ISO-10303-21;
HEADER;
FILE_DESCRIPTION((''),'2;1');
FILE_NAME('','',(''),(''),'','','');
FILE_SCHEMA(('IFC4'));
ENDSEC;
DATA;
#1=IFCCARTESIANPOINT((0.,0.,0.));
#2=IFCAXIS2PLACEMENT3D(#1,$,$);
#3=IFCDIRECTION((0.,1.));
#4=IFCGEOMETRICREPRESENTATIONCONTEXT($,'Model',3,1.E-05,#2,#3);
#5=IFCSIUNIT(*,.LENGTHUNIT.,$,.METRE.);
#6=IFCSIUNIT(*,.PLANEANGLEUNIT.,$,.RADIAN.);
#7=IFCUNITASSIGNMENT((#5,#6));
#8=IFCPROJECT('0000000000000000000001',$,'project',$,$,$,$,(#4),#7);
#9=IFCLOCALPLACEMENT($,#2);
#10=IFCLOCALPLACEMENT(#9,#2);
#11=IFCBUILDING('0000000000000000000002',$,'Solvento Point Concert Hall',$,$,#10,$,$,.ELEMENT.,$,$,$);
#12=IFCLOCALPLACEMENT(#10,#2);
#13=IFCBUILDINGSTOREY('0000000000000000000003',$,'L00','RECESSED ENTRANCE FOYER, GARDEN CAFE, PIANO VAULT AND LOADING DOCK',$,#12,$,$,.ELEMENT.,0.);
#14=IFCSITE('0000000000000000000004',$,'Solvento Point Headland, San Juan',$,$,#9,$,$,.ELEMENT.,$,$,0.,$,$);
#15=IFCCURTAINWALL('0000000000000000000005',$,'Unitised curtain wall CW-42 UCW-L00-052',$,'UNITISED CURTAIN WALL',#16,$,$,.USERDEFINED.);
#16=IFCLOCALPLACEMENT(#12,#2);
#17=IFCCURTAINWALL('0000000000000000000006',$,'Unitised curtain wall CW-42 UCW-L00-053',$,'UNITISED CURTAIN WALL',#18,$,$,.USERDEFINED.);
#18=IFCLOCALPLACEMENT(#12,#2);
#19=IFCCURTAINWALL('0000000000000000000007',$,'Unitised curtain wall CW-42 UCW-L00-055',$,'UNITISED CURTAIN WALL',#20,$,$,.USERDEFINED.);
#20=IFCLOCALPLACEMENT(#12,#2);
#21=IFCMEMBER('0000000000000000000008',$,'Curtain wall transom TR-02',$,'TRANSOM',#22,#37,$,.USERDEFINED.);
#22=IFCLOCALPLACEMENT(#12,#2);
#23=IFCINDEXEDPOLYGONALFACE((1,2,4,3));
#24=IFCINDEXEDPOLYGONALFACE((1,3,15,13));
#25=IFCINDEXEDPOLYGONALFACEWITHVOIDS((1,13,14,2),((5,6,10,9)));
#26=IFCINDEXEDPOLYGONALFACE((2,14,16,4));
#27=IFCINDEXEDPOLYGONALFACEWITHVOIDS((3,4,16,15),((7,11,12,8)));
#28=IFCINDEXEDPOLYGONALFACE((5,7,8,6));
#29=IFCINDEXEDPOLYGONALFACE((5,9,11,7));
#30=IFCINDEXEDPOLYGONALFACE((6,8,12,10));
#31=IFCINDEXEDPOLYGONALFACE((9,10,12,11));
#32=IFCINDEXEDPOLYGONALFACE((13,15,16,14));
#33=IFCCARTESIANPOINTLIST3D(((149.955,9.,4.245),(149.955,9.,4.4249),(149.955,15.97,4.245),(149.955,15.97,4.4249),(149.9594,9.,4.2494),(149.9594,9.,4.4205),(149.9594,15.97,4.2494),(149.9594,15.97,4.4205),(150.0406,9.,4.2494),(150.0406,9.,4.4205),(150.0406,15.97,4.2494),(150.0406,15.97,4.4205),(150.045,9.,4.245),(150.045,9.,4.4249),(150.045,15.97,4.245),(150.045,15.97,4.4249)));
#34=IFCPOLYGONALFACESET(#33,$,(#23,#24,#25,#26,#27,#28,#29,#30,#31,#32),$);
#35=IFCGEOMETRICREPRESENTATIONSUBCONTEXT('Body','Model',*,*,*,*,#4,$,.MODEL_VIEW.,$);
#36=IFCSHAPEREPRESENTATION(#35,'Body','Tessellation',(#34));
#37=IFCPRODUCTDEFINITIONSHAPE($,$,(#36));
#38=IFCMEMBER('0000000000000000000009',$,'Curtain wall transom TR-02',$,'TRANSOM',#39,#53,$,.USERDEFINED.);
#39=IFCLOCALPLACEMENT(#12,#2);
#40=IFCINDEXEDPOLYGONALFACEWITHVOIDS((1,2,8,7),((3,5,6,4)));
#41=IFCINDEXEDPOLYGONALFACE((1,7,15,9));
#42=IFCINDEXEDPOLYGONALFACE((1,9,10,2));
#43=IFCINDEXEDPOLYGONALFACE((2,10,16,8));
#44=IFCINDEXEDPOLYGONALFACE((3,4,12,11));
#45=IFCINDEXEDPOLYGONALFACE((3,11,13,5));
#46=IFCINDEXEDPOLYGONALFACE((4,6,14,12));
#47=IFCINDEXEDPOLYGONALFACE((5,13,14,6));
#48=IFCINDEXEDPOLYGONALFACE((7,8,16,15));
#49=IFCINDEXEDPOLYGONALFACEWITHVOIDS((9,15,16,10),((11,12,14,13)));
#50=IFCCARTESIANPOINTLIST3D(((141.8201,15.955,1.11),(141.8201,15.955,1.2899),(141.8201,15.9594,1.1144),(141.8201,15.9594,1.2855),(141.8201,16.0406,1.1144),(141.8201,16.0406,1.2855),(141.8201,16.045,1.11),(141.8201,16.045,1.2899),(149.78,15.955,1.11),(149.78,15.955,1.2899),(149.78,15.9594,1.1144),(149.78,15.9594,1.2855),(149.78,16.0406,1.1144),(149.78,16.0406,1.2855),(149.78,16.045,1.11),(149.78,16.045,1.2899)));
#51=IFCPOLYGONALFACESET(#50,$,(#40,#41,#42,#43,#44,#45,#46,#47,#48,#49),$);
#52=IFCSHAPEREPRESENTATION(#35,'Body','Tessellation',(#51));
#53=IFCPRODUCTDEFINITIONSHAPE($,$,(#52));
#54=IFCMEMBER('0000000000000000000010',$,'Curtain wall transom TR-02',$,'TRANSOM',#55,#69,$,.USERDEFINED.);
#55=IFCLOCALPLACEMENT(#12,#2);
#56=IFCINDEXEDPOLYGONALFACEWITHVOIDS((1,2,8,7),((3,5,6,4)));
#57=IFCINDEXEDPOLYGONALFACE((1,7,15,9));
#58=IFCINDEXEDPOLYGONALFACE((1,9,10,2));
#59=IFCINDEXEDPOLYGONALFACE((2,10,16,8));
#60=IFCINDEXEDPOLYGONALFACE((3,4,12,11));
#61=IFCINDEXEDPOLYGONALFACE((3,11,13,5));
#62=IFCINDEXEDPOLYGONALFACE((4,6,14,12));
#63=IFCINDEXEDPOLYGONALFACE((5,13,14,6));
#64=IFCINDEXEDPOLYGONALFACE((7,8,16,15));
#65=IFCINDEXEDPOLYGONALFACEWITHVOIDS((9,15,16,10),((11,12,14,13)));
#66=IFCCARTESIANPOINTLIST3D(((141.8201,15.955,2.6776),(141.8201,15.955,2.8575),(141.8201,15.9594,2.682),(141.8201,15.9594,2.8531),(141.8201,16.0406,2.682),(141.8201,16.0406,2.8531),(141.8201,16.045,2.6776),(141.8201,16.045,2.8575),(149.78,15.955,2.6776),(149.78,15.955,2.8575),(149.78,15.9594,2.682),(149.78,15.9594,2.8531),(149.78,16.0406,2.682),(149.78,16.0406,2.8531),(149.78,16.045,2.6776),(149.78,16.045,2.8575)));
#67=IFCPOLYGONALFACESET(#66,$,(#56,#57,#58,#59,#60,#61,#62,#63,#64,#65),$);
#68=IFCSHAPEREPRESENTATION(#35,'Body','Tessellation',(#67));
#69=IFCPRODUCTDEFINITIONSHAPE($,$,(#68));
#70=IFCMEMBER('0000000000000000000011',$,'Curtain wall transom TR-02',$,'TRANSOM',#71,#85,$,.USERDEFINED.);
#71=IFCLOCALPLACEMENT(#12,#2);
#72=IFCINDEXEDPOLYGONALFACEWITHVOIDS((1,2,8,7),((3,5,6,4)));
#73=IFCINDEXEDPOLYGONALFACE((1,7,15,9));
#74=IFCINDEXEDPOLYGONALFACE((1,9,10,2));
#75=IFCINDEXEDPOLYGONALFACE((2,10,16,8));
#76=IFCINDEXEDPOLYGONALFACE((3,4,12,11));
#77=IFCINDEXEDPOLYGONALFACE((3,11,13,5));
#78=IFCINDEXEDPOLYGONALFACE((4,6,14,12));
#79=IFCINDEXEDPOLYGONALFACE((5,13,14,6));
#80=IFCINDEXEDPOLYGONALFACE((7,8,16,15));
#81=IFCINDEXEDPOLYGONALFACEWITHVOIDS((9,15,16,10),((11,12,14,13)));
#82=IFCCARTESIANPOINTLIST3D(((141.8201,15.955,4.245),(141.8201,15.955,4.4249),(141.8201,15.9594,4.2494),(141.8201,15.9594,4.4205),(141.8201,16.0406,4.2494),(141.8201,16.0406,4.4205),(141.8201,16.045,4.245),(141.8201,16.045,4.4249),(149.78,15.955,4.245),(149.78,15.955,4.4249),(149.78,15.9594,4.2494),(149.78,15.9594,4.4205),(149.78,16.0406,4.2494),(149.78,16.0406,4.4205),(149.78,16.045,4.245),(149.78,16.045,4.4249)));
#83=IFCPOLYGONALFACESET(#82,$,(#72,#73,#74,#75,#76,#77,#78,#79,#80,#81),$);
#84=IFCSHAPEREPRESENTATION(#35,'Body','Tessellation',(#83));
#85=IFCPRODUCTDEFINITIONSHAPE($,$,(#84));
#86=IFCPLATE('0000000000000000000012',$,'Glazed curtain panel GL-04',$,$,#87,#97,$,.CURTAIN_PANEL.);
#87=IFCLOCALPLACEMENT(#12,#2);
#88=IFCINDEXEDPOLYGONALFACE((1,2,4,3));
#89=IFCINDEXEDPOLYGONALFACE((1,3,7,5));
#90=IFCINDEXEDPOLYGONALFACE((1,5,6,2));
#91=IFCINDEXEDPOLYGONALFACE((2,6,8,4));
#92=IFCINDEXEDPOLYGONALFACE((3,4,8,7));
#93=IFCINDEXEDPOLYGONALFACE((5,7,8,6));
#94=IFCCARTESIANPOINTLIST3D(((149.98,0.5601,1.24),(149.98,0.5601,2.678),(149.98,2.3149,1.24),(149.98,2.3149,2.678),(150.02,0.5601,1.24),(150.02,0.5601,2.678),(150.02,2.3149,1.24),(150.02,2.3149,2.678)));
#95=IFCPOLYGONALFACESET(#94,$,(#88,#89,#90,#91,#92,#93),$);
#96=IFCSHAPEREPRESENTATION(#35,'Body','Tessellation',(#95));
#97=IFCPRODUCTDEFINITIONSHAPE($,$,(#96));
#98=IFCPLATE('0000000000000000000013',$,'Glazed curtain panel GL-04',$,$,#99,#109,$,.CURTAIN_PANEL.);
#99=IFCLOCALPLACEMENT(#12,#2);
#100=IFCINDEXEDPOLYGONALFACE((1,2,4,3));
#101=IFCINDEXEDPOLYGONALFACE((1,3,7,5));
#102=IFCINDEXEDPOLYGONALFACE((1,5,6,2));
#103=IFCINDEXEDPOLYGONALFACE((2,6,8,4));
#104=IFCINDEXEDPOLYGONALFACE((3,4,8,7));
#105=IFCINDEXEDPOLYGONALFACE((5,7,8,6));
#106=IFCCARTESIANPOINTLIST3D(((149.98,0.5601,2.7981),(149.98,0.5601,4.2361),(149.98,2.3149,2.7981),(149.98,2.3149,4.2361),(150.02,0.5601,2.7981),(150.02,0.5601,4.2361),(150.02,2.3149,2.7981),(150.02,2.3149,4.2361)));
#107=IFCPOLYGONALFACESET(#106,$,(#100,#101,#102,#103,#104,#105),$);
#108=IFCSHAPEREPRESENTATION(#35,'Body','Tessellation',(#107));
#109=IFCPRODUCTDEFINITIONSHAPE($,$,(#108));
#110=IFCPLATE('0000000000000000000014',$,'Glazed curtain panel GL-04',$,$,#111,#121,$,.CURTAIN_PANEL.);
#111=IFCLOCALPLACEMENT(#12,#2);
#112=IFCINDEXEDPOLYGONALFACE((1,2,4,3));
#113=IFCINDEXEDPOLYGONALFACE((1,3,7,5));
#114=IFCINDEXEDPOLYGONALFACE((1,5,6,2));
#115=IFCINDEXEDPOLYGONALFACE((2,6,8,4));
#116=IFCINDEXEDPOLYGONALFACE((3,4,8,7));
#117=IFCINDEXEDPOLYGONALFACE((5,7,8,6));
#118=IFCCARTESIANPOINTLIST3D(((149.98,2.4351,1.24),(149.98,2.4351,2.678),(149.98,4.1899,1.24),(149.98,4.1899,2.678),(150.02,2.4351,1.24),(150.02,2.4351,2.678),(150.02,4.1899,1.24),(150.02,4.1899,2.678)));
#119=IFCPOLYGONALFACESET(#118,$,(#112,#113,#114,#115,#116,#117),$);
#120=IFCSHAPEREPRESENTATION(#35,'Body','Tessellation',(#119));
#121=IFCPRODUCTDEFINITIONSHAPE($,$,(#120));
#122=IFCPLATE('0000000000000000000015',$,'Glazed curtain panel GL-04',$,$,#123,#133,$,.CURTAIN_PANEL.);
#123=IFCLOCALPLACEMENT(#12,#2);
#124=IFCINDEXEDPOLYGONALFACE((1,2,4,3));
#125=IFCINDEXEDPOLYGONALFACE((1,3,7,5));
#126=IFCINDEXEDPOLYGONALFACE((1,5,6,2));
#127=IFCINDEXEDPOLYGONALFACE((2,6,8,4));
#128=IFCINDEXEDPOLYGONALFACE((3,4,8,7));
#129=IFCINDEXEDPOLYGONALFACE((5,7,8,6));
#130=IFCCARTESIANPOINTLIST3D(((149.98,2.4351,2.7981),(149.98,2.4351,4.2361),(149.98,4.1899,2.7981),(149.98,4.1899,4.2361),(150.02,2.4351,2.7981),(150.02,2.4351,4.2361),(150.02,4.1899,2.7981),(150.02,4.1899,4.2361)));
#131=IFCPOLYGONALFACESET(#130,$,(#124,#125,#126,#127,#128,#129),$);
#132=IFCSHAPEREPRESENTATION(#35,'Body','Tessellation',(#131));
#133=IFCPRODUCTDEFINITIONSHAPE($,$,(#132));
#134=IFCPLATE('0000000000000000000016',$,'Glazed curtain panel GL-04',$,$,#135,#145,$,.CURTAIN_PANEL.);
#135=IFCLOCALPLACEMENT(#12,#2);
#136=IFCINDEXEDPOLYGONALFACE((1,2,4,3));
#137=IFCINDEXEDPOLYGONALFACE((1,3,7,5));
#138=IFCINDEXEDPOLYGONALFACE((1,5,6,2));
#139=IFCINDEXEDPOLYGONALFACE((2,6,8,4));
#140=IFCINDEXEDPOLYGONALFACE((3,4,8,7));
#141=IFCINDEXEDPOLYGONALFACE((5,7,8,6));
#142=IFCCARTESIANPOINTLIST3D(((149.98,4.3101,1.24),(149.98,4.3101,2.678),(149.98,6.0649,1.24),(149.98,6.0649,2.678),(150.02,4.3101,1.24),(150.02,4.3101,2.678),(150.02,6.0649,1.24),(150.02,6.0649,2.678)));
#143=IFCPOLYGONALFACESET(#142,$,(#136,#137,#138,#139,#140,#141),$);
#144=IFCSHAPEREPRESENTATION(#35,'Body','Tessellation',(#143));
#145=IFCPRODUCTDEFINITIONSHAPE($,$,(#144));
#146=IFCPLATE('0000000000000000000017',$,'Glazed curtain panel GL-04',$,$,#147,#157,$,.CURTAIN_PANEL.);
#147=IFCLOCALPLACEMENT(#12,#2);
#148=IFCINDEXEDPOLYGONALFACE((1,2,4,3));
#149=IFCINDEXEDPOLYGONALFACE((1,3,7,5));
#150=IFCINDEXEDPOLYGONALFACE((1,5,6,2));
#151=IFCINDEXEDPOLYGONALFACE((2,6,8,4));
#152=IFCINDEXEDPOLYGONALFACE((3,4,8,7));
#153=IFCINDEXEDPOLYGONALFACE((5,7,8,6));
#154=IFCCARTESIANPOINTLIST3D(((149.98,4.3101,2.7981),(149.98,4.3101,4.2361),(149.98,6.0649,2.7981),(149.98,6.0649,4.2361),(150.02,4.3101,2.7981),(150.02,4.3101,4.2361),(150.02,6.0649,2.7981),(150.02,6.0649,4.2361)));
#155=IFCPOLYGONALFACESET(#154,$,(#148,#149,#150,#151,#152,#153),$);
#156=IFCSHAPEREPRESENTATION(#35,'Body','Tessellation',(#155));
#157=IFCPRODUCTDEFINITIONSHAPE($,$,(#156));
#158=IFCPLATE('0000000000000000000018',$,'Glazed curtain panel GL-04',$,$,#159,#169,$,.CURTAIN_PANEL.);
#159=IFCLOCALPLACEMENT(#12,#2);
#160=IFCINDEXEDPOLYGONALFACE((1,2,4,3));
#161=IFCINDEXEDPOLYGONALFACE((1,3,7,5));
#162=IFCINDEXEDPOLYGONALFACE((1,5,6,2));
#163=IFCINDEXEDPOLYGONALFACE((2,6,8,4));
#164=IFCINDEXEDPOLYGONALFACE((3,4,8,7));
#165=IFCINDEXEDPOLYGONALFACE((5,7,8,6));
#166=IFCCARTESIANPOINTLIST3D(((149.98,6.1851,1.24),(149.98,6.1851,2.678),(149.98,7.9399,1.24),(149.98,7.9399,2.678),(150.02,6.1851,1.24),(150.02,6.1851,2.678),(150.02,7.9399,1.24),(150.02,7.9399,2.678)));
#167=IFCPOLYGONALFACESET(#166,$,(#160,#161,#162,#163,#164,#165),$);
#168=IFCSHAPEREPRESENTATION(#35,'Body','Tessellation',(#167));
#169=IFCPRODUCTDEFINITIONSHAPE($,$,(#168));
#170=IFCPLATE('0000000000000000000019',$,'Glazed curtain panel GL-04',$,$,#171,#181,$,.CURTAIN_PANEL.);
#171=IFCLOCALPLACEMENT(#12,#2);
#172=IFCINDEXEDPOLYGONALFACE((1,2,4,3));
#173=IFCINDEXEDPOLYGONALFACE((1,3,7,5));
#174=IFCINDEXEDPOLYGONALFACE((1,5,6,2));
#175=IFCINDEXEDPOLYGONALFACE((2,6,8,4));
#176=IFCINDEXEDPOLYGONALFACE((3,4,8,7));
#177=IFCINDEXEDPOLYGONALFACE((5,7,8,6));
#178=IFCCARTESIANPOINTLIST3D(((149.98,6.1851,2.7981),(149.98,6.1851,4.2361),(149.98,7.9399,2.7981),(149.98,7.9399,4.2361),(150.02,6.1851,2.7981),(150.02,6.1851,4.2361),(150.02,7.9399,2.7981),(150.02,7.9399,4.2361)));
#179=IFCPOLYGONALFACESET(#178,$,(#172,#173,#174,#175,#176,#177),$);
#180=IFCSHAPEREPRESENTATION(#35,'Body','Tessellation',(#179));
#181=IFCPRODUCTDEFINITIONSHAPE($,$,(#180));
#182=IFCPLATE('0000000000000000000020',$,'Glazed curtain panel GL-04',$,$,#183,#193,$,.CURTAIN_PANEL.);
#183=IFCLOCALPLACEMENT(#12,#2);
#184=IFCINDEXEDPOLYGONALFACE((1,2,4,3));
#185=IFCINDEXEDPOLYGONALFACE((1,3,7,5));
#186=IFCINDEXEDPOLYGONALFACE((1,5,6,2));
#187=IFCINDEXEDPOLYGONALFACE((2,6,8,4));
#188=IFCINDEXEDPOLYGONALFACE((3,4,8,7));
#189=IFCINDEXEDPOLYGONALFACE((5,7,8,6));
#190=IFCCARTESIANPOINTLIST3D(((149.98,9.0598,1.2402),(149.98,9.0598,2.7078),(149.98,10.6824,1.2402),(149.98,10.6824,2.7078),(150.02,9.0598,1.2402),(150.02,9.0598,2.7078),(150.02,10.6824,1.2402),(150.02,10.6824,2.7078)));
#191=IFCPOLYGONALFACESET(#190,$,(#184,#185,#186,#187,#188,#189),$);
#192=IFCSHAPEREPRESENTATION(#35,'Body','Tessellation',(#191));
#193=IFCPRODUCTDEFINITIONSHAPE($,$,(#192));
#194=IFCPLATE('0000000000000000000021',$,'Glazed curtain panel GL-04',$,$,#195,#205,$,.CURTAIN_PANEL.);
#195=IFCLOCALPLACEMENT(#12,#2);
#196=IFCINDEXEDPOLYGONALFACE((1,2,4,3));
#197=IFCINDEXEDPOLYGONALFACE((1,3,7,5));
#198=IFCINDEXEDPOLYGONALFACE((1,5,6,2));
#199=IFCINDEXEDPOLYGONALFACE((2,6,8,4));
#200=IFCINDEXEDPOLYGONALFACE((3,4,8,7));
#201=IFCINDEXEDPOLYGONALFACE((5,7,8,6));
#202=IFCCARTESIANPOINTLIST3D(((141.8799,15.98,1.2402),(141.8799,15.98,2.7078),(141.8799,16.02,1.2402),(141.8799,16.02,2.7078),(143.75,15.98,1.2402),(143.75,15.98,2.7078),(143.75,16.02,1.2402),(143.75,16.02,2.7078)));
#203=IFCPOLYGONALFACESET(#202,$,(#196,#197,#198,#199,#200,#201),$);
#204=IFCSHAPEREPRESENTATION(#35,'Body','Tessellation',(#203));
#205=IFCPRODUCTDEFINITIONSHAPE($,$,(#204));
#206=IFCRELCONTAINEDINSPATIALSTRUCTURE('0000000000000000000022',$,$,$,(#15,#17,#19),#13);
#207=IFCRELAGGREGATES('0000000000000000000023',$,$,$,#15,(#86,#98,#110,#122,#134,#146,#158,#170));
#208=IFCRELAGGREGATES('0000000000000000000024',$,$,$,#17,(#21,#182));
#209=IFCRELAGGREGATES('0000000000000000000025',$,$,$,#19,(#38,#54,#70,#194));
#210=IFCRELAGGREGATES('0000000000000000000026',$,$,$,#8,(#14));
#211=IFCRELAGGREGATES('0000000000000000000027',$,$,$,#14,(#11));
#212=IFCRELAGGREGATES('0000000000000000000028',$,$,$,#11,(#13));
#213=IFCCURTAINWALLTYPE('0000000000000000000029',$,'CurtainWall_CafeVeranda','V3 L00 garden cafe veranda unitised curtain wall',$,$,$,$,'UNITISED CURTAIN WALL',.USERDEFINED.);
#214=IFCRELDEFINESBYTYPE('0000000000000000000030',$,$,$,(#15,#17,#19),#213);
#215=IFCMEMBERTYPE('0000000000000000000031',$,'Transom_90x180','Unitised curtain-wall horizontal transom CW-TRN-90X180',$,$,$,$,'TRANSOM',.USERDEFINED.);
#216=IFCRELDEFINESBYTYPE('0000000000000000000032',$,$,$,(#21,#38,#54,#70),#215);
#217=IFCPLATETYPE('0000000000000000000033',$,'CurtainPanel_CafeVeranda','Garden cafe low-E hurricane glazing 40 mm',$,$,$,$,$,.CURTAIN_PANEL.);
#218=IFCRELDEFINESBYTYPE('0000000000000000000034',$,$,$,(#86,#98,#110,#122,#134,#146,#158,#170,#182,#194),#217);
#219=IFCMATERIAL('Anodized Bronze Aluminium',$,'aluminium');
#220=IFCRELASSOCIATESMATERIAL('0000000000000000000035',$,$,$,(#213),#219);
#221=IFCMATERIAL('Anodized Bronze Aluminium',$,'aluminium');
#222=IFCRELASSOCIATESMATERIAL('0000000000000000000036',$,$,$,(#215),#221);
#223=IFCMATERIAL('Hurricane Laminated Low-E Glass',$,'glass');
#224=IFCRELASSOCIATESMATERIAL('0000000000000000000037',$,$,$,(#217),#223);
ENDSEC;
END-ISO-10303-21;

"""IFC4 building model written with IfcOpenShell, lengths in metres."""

from ifc_helpers import new_model, si_unit, direction, frame, origin, origin_2d, place, context, subcontext, project, spatial, rectangle, hollow_rectangle, extrude, material, material_profile, profile_set, type_object, element, aggregate, save


model = new_model("IFC4")

# Units and contexts
model_context = context("Model", 3, precision=1e-05, world=origin(), true_north=direction((0.0, 1.0)))
body_context = subcontext(model_context, "Body", "Model", "MODEL_VIEW")
ifc_project = project(units=[si_unit("LENGTHUNIT", "METRE"), si_unit("PLANEANGLEUNIT", "RADIAN")], contexts=[model_context])

# Site, building, storey
site_placement = place(None, origin())
site = spatial("IfcSite", under=ifc_project, at=site_placement, Name="Solvento Point Headland, San Juan", CompositionType="ELEMENT", RefElevation=0.0)
building_placement = place(site_placement, origin())
building = spatial("IfcBuilding", under=site, at=building_placement, Name="Solvento Point Concert Hall", CompositionType="ELEMENT")
storey_placement = place(building_placement, origin())
storey = spatial("IfcBuildingStorey", under=building, at=storey_placement, Name="L00", Description="RECESSED ENTRANCE FOYER, GARDEN CAFE, PIANO VAULT AND LOADING DOCK", CompositionType="ELEMENT", Elevation=0.0)

# Curtain wall
ifc_material_1 = material(Name="Anodized Bronze Aluminium", Category="aluminium")
curtain_wall_type = type_object("IfcCurtainWallType", Name="CurtainWall_CafeVeranda", Description="V3 L00 garden cafe veranda unitised curtain wall", ElementType="UNITISED CURTAIN WALL", PredefinedType="USERDEFINED", material=ifc_material_1)
curtain_wall_1_placement = place(storey_placement, origin())
curtain_wall_1 = element("IfcCurtainWall", 1, at=curtain_wall_1_placement, inside=storey, type_object=curtain_wall_type, Name="Unitised curtain wall CW-42 UCW-L00-052", ObjectType="UNITISED CURTAIN WALL", PredefinedType="USERDEFINED")

# Curtain wall
curtain_wall_2_placement = place(storey_placement, origin())
curtain_wall_2 = element("IfcCurtainWall", 2, at=curtain_wall_2_placement, inside=storey, type_object=curtain_wall_type, Name="Unitised curtain wall CW-42 UCW-L00-053", ObjectType="UNITISED CURTAIN WALL", PredefinedType="USERDEFINED")

# Curtain wall
curtain_wall_3_placement = place(storey_placement, origin())
curtain_wall_3 = element("IfcCurtainWall", 3, at=curtain_wall_3_placement, inside=storey, type_object=curtain_wall_type, Name="Unitised curtain wall CW-42 UCW-L00-055", ObjectType="UNITISED CURTAIN WALL", PredefinedType="USERDEFINED")

# Members
ifc_material_2 = material(Name="Anodized Bronze Aluminium", Category="aluminium")
ifc_material_profile_1 = material_profile(ifc_material_2, hollow_rectangle(XDim=0.0901, YDim=0.1799, WallThickness=0.0044, at=origin_2d()), Name="CW-TRN-90X180")
ifc_profile_set_1 = profile_set([ifc_material_profile_1], Name="Anodized Bronze Aluminium")
member_type_1 = type_object("IfcMemberType", Name="Transom_90x180", Description="Unitised curtain-wall horizontal transom CW-TRN-90X180", ElementType="TRANSOM", PredefinedType="USERDEFINED", material=ifc_profile_set_1)
member_1_placement = place(storey_placement, frame((150.0, 9.0, 4.335), z_axis=(0.0, 1.0, 0.0), x_axis=(-1.0, 0.0, 0.0)))
member_1 = element("IfcMember", 4, at=member_1_placement, type_object=member_type_1, Name="Curtain wall transom TR-02", ObjectType="TRANSOM", PredefinedType="USERDEFINED", context=body_context, shape_type="SweptSolid", body=[
    extrude(hollow_rectangle(XDim=0.0901, YDim=0.1799, WallThickness=0.0044, at=origin_2d()), origin(), (0.0, 0.0, 1.0), 6.97),
])
member_2_placement = place(storey_placement, frame((141.8201, 16.0, 1.2), z_axis=(1.0, 0.0, 0.0), x_axis=(0.0, 1.0, 0.0)))
member_2 = element("IfcMember", 5, at=member_2_placement, type_object=member_type_1, Name="Curtain wall transom TR-02", ObjectType="TRANSOM", PredefinedType="USERDEFINED", context=body_context, shape_type="SweptSolid", body=[
    extrude(hollow_rectangle(XDim=0.0901, YDim=0.1799, WallThickness=0.0044, at=origin_2d()), origin(), (0.0, 0.0, 1.0), 7.96),
])
member_3_placement = place(storey_placement, frame((141.8201, 16.0, 2.7676), z_axis=(1.0, 0.0, 0.0), x_axis=(0.0, 1.0, 0.0)))
member_3 = element("IfcMember", 6, at=member_3_placement, type_object=member_type_1, Name="Curtain wall transom TR-02", ObjectType="TRANSOM", PredefinedType="USERDEFINED", context=body_context, shape_type="SweptSolid", body=[
    extrude(hollow_rectangle(XDim=0.0901, YDim=0.1799, WallThickness=0.0044, at=origin_2d()), origin(), (0.0, 0.0, 1.0), 7.96),
])
member_4_placement = place(storey_placement, frame((141.8201, 16.0, 4.335), z_axis=(1.0, 0.0, 0.0), x_axis=(0.0, 1.0, 0.0)))
member_4 = element("IfcMember", 7, at=member_4_placement, type_object=member_type_1, Name="Curtain wall transom TR-02", ObjectType="TRANSOM", PredefinedType="USERDEFINED", context=body_context, shape_type="SweptSolid", body=[
    extrude(hollow_rectangle(XDim=0.0901, YDim=0.1799, WallThickness=0.0044, at=origin_2d()), origin(), (0.0, 0.0, 1.0), 7.96),
])

# Plates
ifc_material_3 = material(Name="Hurricane Laminated Low-E Glass", Category="glass")
plate_type = type_object("IfcPlateType", Name="CurtainPanel_CafeVeranda", Description="Garden cafe low-E hurricane glazing 40 mm", PredefinedType="CURTAIN_PANEL", material=ifc_material_3)
plate_1_placement = place(storey_placement, frame((150.0, 1.4375, 1.24), z_axis=(0.0, 0.0, 1.0), x_axis=(0.0, 1.0, 0.0)))
plate_1 = element("IfcPlate", 8, at=plate_1_placement, type_object=plate_type, Name="Glazed curtain panel GL-04", PredefinedType="CURTAIN_PANEL", context=body_context, shape_type="SweptSolid", body=[
    extrude(rectangle(XDim=1.7549, YDim=0.04, at=origin_2d()), origin(), (0.0, 0.0, 1.0), 1.438),
])
plate_2_placement = place(storey_placement, frame((150.0, 1.4375, 2.7981), z_axis=(0.0, 0.0, 1.0), x_axis=(0.0, 1.0, 0.0)))
plate_2 = element("IfcPlate", 9, at=plate_2_placement, type_object=plate_type, Name="Glazed curtain panel GL-04", PredefinedType="CURTAIN_PANEL", context=body_context, shape_type="SweptSolid", body=[
    extrude(rectangle(XDim=1.7549, YDim=0.04, at=origin_2d()), origin(), (0.0, 0.0, 1.0), 1.438),
])
plate_3_placement = place(storey_placement, frame((150.0, 3.3125, 1.24), z_axis=(0.0, 0.0, 1.0), x_axis=(0.0, 1.0, 0.0)))
plate_3 = element("IfcPlate", 10, at=plate_3_placement, type_object=plate_type, Name="Glazed curtain panel GL-04", PredefinedType="CURTAIN_PANEL", context=body_context, shape_type="SweptSolid", body=[
    extrude(rectangle(XDim=1.7549, YDim=0.04, at=origin_2d()), origin(), (0.0, 0.0, 1.0), 1.438),
])
plate_4_placement = place(storey_placement, frame((150.0, 3.3125, 2.7981), z_axis=(0.0, 0.0, 1.0), x_axis=(0.0, 1.0, 0.0)))
plate_4 = element("IfcPlate", 11, at=plate_4_placement, type_object=plate_type, Name="Glazed curtain panel GL-04", PredefinedType="CURTAIN_PANEL", context=body_context, shape_type="SweptSolid", body=[
    extrude(rectangle(XDim=1.7549, YDim=0.04, at=origin_2d()), origin(), (0.0, 0.0, 1.0), 1.438),
])
plate_5_placement = place(storey_placement, frame((150.0, 5.1875, 1.24), z_axis=(0.0, 0.0, 1.0), x_axis=(0.0, 1.0, 0.0)))
plate_5 = element("IfcPlate", 12, at=plate_5_placement, type_object=plate_type, Name="Glazed curtain panel GL-04", PredefinedType="CURTAIN_PANEL", context=body_context, shape_type="SweptSolid", body=[
    extrude(rectangle(XDim=1.7549, YDim=0.04, at=origin_2d()), origin(), (0.0, 0.0, 1.0), 1.438),
])
plate_6_placement = place(storey_placement, frame((150.0, 5.1875, 2.7981), z_axis=(0.0, 0.0, 1.0), x_axis=(0.0, 1.0, 0.0)))
plate_6 = element("IfcPlate", 13, at=plate_6_placement, type_object=plate_type, Name="Glazed curtain panel GL-04", PredefinedType="CURTAIN_PANEL", context=body_context, shape_type="SweptSolid", body=[
    extrude(rectangle(XDim=1.7549, YDim=0.04, at=origin_2d()), origin(), (0.0, 0.0, 1.0), 1.438),
])
plate_7_placement = place(storey_placement, frame((150.0, 7.0625, 1.24), z_axis=(0.0, 0.0, 1.0), x_axis=(0.0, 1.0, 0.0)))
plate_7 = element("IfcPlate", 14, at=plate_7_placement, type_object=plate_type, Name="Glazed curtain panel GL-04", PredefinedType="CURTAIN_PANEL", context=body_context, shape_type="SweptSolid", body=[
    extrude(rectangle(XDim=1.7549, YDim=0.04, at=origin_2d()), origin(), (0.0, 0.0, 1.0), 1.438),
])
plate_8_placement = place(storey_placement, frame((150.0, 7.0625, 2.7981), z_axis=(0.0, 0.0, 1.0), x_axis=(0.0, 1.0, 0.0)))
plate_8 = element("IfcPlate", 15, at=plate_8_placement, type_object=plate_type, Name="Glazed curtain panel GL-04", PredefinedType="CURTAIN_PANEL", context=body_context, shape_type="SweptSolid", body=[
    extrude(rectangle(XDim=1.7549, YDim=0.04, at=origin_2d()), origin(), (0.0, 0.0, 1.0), 1.438),
])
aggregate(curtain_wall_1, [plate_1, plate_2, plate_3, plate_4, plate_5, plate_6, plate_7, plate_8])
plate_9_placement = place(storey_placement, frame((150.0, 9.8711, 1.2402), z_axis=(0.0, 0.0, 1.0), x_axis=(0.0, 1.0, 0.0)))
plate_9 = element("IfcPlate", 16, at=plate_9_placement, type_object=plate_type, Name="Glazed curtain panel GL-04", PredefinedType="CURTAIN_PANEL", context=body_context, shape_type="SweptSolid", body=[
    extrude(rectangle(XDim=1.6226, YDim=0.04, at=origin_2d()), origin(), (0.0, 0.0, 1.0), 1.4675),
])
aggregate(curtain_wall_2, [member_1, plate_9])
plate_10_placement = place(storey_placement, frame((142.8149, 16.0, 1.2402), z_axis=(0.0, 0.0, 1.0), x_axis=(1.0, 0.0, 0.0)))
plate_10 = element("IfcPlate", 17, at=plate_10_placement, type_object=plate_type, Name="Glazed curtain panel GL-04", PredefinedType="CURTAIN_PANEL", context=body_context, shape_type="SweptSolid", body=[
    extrude(rectangle(XDim=1.8701, YDim=0.04, at=origin_2d()), origin(), (0.0, 0.0, 1.0), 1.4675),
])
aggregate(curtain_wall_3, [member_2, member_3, member_4, plate_10])

save(model, "model.ifc")
